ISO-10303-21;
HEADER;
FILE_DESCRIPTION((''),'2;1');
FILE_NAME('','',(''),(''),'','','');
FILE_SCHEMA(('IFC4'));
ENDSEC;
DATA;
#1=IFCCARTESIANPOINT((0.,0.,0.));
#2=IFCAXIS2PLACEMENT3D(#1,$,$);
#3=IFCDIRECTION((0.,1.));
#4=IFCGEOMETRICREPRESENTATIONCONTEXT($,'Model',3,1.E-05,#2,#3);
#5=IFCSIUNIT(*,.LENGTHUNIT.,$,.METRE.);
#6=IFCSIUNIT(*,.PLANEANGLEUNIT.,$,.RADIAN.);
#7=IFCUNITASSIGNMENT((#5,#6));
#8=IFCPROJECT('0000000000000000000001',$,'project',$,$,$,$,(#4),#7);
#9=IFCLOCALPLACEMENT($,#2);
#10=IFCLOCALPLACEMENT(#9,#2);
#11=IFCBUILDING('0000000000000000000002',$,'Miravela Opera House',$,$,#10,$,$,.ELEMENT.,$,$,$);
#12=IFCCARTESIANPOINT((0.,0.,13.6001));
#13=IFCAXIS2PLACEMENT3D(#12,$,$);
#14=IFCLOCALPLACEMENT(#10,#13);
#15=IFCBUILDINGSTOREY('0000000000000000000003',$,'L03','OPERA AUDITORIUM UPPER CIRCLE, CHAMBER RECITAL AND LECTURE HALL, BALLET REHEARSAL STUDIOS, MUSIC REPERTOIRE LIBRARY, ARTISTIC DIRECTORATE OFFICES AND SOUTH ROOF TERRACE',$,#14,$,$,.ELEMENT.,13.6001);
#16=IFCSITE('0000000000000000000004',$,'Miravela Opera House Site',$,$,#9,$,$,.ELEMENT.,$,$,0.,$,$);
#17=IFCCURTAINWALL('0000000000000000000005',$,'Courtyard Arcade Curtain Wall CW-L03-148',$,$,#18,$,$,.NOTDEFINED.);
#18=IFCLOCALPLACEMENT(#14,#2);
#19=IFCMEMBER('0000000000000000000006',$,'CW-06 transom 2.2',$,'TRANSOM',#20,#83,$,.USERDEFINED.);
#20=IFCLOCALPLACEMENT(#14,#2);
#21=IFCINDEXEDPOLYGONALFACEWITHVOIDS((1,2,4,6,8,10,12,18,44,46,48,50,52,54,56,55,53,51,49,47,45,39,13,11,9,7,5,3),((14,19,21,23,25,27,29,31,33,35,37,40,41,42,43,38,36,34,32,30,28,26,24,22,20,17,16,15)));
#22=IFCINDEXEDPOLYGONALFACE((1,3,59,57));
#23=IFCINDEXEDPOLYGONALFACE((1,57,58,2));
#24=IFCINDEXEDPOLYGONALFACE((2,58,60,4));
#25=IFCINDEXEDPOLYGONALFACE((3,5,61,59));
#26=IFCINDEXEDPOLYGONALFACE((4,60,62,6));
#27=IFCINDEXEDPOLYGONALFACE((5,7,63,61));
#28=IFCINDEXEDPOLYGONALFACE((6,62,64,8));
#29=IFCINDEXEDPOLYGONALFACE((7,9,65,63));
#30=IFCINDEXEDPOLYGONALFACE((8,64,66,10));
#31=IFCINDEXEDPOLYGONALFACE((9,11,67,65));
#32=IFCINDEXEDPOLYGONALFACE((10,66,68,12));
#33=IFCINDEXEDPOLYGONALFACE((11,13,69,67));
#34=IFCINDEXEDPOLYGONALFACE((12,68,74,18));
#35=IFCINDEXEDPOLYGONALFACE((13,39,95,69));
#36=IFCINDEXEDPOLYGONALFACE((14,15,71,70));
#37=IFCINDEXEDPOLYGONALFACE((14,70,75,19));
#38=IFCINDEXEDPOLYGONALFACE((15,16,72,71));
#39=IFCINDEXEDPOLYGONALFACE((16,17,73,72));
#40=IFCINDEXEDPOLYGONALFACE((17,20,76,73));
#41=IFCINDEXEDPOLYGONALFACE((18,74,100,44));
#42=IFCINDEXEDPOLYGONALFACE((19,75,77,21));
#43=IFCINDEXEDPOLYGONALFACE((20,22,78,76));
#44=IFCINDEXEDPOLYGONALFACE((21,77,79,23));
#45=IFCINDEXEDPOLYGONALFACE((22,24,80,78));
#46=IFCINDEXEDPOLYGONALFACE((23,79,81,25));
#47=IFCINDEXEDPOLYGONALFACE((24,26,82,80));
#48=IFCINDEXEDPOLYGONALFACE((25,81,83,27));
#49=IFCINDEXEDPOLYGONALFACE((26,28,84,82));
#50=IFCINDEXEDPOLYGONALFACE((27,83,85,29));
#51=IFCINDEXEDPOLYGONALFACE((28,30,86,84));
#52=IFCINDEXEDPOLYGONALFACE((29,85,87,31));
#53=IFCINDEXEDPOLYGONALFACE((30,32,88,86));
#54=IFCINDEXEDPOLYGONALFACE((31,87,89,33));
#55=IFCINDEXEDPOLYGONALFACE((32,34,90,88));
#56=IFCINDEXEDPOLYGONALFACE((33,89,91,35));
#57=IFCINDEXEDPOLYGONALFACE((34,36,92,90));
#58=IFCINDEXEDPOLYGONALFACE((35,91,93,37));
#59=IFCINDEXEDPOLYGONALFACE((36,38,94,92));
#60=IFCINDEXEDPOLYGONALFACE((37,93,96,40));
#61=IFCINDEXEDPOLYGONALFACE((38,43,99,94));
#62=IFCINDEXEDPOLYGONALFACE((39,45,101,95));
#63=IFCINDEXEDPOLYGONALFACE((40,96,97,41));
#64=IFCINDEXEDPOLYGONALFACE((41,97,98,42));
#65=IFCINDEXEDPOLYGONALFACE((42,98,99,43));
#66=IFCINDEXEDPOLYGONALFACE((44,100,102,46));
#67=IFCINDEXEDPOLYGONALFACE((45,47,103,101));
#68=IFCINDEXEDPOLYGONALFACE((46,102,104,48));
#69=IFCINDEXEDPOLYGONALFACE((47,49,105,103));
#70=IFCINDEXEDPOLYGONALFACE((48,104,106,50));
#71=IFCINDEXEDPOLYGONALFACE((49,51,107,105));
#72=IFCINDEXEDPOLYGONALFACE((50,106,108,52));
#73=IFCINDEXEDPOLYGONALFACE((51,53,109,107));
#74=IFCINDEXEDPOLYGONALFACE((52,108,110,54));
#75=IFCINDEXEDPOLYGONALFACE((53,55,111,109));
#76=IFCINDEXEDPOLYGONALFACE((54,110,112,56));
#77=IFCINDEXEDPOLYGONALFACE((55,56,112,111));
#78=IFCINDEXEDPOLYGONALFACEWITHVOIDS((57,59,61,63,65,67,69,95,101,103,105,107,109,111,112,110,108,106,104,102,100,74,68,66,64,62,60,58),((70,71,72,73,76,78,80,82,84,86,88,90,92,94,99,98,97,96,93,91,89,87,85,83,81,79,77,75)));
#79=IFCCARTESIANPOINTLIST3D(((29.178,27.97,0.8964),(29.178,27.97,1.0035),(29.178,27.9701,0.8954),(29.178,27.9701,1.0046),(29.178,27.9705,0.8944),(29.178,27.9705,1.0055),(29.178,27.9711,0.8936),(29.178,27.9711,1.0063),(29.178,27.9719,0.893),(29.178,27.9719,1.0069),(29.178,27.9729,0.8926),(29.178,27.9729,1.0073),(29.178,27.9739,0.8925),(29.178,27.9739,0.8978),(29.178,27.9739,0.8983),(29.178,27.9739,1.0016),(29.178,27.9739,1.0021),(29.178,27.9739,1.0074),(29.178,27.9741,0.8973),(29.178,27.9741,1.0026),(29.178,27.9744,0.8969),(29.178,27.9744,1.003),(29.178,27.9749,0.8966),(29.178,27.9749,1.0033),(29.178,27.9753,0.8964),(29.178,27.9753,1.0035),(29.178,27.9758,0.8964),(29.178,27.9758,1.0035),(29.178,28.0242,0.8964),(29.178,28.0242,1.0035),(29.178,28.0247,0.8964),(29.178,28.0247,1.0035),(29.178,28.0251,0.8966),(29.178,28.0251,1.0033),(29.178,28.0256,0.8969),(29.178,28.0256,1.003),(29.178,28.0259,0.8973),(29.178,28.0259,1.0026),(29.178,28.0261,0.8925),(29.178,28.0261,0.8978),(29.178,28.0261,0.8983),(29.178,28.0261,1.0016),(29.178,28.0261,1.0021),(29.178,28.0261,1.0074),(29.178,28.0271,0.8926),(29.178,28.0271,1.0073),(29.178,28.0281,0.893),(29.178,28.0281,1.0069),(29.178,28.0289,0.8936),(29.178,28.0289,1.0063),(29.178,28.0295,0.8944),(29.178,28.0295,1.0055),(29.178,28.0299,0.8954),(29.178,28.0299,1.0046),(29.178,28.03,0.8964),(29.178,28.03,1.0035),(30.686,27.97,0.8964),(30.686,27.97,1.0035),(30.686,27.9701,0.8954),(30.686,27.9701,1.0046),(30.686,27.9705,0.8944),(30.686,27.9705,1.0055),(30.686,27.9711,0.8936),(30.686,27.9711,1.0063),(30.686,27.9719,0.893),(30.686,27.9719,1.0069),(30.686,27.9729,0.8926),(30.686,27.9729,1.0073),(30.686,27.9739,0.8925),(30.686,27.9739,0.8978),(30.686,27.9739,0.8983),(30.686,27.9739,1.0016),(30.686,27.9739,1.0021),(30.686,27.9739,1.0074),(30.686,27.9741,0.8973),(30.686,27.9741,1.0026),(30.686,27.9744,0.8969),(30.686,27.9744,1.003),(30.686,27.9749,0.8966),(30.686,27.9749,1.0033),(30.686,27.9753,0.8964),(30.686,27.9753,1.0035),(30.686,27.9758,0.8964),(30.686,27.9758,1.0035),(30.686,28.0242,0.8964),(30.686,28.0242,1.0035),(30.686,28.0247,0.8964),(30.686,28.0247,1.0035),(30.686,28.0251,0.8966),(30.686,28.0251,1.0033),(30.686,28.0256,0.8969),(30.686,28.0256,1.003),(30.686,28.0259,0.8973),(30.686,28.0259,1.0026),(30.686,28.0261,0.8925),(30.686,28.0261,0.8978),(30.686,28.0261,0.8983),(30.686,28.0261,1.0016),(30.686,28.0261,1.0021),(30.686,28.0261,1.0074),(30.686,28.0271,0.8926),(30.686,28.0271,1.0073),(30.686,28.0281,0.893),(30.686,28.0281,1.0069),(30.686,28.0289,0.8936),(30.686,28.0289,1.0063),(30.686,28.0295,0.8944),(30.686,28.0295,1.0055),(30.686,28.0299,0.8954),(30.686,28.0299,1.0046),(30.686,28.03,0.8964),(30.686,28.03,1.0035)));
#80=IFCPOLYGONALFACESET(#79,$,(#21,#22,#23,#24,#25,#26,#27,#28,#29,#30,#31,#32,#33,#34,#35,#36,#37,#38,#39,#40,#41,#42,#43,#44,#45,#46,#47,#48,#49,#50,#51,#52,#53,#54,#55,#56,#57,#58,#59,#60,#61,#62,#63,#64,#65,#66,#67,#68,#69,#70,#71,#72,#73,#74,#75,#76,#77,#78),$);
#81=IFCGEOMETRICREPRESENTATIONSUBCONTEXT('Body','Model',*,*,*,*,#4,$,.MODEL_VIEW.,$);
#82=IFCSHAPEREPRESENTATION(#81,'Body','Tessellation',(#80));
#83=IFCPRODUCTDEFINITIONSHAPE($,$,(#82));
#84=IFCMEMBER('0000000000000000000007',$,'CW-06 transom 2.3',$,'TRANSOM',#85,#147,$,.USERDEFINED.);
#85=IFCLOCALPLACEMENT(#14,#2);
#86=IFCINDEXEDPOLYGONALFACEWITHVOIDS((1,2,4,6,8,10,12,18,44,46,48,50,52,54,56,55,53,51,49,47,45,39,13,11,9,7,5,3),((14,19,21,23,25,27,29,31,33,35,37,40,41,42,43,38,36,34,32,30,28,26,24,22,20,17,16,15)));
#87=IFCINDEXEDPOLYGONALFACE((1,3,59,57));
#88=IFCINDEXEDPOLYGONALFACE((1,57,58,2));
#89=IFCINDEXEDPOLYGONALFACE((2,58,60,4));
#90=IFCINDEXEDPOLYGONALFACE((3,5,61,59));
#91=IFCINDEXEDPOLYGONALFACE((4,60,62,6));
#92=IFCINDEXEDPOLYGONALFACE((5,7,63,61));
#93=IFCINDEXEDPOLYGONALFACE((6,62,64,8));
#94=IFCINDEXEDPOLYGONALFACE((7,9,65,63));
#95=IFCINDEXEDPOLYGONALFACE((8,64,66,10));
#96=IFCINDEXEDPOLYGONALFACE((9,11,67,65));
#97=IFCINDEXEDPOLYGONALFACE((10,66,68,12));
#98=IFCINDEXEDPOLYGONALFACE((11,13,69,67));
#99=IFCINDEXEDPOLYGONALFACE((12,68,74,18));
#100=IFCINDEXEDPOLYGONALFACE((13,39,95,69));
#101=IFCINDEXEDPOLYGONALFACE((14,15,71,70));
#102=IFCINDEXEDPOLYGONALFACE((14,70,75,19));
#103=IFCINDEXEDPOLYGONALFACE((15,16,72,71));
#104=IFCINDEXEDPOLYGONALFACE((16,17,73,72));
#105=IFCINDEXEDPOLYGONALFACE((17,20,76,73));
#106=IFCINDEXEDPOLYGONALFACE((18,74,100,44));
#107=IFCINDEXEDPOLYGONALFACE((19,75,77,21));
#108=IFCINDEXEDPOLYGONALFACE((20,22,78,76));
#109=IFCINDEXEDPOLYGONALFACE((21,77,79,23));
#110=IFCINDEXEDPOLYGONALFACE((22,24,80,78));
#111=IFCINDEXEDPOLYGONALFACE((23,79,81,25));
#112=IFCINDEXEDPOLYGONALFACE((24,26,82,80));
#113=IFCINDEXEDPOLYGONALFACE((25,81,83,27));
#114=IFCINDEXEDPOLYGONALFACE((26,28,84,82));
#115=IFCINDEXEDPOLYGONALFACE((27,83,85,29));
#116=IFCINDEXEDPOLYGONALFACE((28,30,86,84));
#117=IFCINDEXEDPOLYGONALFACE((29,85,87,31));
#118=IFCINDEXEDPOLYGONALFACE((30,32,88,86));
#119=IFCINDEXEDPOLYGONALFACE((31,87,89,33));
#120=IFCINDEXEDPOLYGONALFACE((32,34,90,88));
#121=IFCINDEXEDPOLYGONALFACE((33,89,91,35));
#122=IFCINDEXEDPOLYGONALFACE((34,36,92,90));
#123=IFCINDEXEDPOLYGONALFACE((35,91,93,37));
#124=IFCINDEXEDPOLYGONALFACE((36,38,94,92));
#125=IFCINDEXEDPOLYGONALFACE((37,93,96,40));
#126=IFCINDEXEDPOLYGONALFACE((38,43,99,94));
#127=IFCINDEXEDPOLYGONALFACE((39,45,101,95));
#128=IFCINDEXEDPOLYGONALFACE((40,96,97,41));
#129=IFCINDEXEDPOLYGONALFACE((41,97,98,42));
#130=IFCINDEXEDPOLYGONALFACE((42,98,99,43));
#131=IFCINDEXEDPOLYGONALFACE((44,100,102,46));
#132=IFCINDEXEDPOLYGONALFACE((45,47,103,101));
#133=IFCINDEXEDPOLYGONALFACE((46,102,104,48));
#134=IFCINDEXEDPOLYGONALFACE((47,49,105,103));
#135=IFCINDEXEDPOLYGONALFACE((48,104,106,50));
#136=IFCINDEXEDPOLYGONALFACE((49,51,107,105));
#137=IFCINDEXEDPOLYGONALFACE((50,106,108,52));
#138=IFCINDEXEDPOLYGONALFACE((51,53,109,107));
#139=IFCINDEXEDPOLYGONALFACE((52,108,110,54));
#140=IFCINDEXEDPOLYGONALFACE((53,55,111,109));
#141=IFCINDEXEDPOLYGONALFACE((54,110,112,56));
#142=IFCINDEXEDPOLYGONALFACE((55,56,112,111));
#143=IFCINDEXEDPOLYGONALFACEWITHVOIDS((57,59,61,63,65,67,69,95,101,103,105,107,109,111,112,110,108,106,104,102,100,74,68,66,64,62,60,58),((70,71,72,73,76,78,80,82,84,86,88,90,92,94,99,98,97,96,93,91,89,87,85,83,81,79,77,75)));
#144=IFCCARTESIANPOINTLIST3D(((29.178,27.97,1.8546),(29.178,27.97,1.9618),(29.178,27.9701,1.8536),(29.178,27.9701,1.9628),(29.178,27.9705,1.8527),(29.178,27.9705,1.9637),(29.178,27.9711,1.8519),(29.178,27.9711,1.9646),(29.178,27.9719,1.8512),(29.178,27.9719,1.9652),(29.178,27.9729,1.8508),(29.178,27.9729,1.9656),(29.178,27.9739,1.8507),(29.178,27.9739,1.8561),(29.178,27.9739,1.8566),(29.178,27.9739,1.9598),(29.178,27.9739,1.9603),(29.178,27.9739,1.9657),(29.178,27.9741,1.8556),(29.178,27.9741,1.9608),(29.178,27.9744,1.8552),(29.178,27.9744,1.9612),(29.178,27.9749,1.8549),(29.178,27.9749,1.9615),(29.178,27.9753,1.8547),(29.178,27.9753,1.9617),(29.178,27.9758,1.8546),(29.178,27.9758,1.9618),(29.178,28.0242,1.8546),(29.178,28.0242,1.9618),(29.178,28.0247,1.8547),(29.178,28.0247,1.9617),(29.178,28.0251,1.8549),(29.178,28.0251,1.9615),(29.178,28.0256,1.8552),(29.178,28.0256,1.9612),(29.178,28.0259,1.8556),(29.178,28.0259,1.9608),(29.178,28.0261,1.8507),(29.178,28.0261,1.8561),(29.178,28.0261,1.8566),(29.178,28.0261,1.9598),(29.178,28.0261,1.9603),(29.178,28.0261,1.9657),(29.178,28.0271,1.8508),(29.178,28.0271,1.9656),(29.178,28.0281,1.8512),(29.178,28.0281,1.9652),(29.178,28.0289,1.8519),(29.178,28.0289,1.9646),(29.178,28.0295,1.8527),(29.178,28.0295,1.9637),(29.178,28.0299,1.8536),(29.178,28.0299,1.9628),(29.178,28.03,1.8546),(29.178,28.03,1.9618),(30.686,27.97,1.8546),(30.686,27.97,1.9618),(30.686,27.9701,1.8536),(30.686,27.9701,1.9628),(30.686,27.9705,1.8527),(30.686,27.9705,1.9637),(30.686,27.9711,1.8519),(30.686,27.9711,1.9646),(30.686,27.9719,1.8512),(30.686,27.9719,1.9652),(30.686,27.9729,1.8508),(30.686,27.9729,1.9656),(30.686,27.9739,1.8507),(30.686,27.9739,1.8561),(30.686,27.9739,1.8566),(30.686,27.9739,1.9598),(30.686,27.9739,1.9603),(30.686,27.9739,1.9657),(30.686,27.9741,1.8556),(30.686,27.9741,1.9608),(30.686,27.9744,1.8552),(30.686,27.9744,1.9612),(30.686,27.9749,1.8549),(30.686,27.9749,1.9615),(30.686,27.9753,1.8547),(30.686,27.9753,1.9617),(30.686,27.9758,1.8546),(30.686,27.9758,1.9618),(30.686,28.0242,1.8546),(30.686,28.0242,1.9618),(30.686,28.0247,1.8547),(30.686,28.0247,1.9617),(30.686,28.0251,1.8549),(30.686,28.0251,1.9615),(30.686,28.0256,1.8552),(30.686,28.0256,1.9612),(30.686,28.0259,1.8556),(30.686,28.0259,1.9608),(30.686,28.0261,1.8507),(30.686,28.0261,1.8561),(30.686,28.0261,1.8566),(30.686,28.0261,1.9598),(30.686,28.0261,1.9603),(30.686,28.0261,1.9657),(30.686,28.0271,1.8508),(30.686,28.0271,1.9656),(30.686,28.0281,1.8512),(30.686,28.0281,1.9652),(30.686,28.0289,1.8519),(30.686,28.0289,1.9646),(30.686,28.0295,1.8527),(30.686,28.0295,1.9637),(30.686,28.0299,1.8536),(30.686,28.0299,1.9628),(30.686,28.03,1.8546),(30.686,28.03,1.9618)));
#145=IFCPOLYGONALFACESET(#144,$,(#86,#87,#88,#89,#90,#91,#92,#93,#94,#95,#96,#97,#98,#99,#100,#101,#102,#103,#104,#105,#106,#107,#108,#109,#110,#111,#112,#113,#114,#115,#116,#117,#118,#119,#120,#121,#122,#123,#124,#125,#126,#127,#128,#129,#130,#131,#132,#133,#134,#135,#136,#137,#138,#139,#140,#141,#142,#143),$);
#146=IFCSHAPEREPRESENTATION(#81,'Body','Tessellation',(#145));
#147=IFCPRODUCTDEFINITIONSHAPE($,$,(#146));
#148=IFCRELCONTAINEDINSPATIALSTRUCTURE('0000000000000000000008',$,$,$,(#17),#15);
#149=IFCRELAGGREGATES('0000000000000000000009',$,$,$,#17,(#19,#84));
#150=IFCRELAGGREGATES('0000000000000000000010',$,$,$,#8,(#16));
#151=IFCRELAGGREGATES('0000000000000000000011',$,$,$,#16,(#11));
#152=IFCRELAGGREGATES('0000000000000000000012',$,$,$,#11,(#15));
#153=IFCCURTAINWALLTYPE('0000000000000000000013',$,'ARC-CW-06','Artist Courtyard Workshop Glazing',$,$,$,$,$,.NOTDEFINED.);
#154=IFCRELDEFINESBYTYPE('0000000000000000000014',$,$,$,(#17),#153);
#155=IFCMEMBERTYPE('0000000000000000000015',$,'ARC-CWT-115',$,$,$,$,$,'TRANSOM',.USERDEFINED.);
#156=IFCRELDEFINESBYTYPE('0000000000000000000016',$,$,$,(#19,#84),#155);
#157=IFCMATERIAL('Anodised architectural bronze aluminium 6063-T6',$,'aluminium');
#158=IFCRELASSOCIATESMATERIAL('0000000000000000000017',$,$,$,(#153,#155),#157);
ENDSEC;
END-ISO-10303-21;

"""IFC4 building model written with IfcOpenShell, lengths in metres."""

from ifc_helpers import new_model, si_unit, direction, frame, origin, origin_2d, place, context, subcontext, project, spatial, hollow_rectangle, extrude, material, material_profile, profile_set, type_object, element, aggregate, save


model = new_model("IFC4")

# Units and contexts
model_context = context("Model", 3, precision=1e-05, world=origin(), true_north=direction((0.0, 1.0)))
body_context = subcontext(model_context, "Body", "Model", "MODEL_VIEW")
ifc_project = project(units=[si_unit("LENGTHUNIT", "METRE"), si_unit("PLANEANGLEUNIT", "RADIAN")], contexts=[model_context])

# Site, building, storey
site_placement = place(None, origin())
site = spatial("IfcSite", under=ifc_project, at=site_placement, Name="Miravela Opera House Site", CompositionType="ELEMENT", RefElevation=0.0)
building_placement = place(site_placement, origin())
building = spatial("IfcBuilding", under=site, at=building_placement, Name="Miravela Opera House", CompositionType="ELEMENT")
storey_placement = place(building_placement, frame((0.0, 0.0, 13.6001)))
storey = spatial("IfcBuildingStorey", under=building, at=storey_placement, Name="L03", Description="OPERA AUDITORIUM UPPER CIRCLE, CHAMBER RECITAL AND LECTURE HALL, BALLET REHEARSAL STUDIOS, MUSIC REPERTOIRE LIBRARY, ARTISTIC DIRECTORATE OFFICES AND SOUTH ROOF TERRACE", CompositionType="ELEMENT", Elevation=13.6001)

# Curtain wall, members
ifc_material_1 = material(Name="Anodised architectural bronze aluminium 6063-T6", Category="aluminium")
curtain_wall_type = type_object("IfcCurtainWallType", Name="ARC-CW-06", Description="Artist Courtyard Workshop Glazing", PredefinedType="NOTDEFINED", material=ifc_material_1)
curtain_wall_placement = place(storey_placement, origin())
curtain_wall = element("IfcCurtainWall", 1, at=curtain_wall_placement, inside=storey, type_object=curtain_wall_type, Name="Courtyard Arcade Curtain Wall CW-L03-148", PredefinedType="NOTDEFINED")
ifc_material_profile_1 = material_profile(ifc_material_1, hollow_rectangle(XDim=0.0601, YDim=0.115, WallThickness=0.0039, InnerFilletRadius=0.002, OuterFilletRadius=0.0039, at=origin_2d()), Name="CWT-60X115")
ifc_profile_set_1 = profile_set([ifc_material_profile_1])
member_type_1 = type_object("IfcMemberType", Name="ARC-CWT-115", ElementType="TRANSOM", PredefinedType="USERDEFINED", material=ifc_profile_set_1)
member_1_placement = place(storey_placement, frame((29.178, 28.0, 0.95), z_axis=(1.0, 0.0, 0.0), x_axis=(0.0, 1.0, 0.0)))
member_1 = element("IfcMember", 2, at=member_1_placement, type_object=member_type_1, Name="CW-06 transom 2.2", ObjectType="TRANSOM", PredefinedType="USERDEFINED", context=body_context, shape_type="SweptSolid", body=[
    extrude(hollow_rectangle(XDim=0.0601, YDim=0.115, WallThickness=0.0039, InnerFilletRadius=0.002, OuterFilletRadius=0.0039, at=origin_2d()), origin(), (0.0, 0.0, 1.0), 1.5081),
])
member_2_placement = place(storey_placement, frame((29.178, 28.0, 1.9082), z_axis=(1.0, 0.0, 0.0), x_axis=(0.0, 1.0, 0.0)))
member_2 = element("IfcMember", 3, at=member_2_placement, type_object=member_type_1, Name="CW-06 transom 2.3", ObjectType="TRANSOM", PredefinedType="USERDEFINED", context=body_context, shape_type="SweptSolid", body=[
    extrude(hollow_rectangle(XDim=0.0601, YDim=0.115, WallThickness=0.0039, InnerFilletRadius=0.002, OuterFilletRadius=0.0039, at=origin_2d()), origin(), (0.0, 0.0, 1.0), 1.5081),
])
aggregate(curtain_wall, [member_1, member_2])

save(model, "model.ifc")
